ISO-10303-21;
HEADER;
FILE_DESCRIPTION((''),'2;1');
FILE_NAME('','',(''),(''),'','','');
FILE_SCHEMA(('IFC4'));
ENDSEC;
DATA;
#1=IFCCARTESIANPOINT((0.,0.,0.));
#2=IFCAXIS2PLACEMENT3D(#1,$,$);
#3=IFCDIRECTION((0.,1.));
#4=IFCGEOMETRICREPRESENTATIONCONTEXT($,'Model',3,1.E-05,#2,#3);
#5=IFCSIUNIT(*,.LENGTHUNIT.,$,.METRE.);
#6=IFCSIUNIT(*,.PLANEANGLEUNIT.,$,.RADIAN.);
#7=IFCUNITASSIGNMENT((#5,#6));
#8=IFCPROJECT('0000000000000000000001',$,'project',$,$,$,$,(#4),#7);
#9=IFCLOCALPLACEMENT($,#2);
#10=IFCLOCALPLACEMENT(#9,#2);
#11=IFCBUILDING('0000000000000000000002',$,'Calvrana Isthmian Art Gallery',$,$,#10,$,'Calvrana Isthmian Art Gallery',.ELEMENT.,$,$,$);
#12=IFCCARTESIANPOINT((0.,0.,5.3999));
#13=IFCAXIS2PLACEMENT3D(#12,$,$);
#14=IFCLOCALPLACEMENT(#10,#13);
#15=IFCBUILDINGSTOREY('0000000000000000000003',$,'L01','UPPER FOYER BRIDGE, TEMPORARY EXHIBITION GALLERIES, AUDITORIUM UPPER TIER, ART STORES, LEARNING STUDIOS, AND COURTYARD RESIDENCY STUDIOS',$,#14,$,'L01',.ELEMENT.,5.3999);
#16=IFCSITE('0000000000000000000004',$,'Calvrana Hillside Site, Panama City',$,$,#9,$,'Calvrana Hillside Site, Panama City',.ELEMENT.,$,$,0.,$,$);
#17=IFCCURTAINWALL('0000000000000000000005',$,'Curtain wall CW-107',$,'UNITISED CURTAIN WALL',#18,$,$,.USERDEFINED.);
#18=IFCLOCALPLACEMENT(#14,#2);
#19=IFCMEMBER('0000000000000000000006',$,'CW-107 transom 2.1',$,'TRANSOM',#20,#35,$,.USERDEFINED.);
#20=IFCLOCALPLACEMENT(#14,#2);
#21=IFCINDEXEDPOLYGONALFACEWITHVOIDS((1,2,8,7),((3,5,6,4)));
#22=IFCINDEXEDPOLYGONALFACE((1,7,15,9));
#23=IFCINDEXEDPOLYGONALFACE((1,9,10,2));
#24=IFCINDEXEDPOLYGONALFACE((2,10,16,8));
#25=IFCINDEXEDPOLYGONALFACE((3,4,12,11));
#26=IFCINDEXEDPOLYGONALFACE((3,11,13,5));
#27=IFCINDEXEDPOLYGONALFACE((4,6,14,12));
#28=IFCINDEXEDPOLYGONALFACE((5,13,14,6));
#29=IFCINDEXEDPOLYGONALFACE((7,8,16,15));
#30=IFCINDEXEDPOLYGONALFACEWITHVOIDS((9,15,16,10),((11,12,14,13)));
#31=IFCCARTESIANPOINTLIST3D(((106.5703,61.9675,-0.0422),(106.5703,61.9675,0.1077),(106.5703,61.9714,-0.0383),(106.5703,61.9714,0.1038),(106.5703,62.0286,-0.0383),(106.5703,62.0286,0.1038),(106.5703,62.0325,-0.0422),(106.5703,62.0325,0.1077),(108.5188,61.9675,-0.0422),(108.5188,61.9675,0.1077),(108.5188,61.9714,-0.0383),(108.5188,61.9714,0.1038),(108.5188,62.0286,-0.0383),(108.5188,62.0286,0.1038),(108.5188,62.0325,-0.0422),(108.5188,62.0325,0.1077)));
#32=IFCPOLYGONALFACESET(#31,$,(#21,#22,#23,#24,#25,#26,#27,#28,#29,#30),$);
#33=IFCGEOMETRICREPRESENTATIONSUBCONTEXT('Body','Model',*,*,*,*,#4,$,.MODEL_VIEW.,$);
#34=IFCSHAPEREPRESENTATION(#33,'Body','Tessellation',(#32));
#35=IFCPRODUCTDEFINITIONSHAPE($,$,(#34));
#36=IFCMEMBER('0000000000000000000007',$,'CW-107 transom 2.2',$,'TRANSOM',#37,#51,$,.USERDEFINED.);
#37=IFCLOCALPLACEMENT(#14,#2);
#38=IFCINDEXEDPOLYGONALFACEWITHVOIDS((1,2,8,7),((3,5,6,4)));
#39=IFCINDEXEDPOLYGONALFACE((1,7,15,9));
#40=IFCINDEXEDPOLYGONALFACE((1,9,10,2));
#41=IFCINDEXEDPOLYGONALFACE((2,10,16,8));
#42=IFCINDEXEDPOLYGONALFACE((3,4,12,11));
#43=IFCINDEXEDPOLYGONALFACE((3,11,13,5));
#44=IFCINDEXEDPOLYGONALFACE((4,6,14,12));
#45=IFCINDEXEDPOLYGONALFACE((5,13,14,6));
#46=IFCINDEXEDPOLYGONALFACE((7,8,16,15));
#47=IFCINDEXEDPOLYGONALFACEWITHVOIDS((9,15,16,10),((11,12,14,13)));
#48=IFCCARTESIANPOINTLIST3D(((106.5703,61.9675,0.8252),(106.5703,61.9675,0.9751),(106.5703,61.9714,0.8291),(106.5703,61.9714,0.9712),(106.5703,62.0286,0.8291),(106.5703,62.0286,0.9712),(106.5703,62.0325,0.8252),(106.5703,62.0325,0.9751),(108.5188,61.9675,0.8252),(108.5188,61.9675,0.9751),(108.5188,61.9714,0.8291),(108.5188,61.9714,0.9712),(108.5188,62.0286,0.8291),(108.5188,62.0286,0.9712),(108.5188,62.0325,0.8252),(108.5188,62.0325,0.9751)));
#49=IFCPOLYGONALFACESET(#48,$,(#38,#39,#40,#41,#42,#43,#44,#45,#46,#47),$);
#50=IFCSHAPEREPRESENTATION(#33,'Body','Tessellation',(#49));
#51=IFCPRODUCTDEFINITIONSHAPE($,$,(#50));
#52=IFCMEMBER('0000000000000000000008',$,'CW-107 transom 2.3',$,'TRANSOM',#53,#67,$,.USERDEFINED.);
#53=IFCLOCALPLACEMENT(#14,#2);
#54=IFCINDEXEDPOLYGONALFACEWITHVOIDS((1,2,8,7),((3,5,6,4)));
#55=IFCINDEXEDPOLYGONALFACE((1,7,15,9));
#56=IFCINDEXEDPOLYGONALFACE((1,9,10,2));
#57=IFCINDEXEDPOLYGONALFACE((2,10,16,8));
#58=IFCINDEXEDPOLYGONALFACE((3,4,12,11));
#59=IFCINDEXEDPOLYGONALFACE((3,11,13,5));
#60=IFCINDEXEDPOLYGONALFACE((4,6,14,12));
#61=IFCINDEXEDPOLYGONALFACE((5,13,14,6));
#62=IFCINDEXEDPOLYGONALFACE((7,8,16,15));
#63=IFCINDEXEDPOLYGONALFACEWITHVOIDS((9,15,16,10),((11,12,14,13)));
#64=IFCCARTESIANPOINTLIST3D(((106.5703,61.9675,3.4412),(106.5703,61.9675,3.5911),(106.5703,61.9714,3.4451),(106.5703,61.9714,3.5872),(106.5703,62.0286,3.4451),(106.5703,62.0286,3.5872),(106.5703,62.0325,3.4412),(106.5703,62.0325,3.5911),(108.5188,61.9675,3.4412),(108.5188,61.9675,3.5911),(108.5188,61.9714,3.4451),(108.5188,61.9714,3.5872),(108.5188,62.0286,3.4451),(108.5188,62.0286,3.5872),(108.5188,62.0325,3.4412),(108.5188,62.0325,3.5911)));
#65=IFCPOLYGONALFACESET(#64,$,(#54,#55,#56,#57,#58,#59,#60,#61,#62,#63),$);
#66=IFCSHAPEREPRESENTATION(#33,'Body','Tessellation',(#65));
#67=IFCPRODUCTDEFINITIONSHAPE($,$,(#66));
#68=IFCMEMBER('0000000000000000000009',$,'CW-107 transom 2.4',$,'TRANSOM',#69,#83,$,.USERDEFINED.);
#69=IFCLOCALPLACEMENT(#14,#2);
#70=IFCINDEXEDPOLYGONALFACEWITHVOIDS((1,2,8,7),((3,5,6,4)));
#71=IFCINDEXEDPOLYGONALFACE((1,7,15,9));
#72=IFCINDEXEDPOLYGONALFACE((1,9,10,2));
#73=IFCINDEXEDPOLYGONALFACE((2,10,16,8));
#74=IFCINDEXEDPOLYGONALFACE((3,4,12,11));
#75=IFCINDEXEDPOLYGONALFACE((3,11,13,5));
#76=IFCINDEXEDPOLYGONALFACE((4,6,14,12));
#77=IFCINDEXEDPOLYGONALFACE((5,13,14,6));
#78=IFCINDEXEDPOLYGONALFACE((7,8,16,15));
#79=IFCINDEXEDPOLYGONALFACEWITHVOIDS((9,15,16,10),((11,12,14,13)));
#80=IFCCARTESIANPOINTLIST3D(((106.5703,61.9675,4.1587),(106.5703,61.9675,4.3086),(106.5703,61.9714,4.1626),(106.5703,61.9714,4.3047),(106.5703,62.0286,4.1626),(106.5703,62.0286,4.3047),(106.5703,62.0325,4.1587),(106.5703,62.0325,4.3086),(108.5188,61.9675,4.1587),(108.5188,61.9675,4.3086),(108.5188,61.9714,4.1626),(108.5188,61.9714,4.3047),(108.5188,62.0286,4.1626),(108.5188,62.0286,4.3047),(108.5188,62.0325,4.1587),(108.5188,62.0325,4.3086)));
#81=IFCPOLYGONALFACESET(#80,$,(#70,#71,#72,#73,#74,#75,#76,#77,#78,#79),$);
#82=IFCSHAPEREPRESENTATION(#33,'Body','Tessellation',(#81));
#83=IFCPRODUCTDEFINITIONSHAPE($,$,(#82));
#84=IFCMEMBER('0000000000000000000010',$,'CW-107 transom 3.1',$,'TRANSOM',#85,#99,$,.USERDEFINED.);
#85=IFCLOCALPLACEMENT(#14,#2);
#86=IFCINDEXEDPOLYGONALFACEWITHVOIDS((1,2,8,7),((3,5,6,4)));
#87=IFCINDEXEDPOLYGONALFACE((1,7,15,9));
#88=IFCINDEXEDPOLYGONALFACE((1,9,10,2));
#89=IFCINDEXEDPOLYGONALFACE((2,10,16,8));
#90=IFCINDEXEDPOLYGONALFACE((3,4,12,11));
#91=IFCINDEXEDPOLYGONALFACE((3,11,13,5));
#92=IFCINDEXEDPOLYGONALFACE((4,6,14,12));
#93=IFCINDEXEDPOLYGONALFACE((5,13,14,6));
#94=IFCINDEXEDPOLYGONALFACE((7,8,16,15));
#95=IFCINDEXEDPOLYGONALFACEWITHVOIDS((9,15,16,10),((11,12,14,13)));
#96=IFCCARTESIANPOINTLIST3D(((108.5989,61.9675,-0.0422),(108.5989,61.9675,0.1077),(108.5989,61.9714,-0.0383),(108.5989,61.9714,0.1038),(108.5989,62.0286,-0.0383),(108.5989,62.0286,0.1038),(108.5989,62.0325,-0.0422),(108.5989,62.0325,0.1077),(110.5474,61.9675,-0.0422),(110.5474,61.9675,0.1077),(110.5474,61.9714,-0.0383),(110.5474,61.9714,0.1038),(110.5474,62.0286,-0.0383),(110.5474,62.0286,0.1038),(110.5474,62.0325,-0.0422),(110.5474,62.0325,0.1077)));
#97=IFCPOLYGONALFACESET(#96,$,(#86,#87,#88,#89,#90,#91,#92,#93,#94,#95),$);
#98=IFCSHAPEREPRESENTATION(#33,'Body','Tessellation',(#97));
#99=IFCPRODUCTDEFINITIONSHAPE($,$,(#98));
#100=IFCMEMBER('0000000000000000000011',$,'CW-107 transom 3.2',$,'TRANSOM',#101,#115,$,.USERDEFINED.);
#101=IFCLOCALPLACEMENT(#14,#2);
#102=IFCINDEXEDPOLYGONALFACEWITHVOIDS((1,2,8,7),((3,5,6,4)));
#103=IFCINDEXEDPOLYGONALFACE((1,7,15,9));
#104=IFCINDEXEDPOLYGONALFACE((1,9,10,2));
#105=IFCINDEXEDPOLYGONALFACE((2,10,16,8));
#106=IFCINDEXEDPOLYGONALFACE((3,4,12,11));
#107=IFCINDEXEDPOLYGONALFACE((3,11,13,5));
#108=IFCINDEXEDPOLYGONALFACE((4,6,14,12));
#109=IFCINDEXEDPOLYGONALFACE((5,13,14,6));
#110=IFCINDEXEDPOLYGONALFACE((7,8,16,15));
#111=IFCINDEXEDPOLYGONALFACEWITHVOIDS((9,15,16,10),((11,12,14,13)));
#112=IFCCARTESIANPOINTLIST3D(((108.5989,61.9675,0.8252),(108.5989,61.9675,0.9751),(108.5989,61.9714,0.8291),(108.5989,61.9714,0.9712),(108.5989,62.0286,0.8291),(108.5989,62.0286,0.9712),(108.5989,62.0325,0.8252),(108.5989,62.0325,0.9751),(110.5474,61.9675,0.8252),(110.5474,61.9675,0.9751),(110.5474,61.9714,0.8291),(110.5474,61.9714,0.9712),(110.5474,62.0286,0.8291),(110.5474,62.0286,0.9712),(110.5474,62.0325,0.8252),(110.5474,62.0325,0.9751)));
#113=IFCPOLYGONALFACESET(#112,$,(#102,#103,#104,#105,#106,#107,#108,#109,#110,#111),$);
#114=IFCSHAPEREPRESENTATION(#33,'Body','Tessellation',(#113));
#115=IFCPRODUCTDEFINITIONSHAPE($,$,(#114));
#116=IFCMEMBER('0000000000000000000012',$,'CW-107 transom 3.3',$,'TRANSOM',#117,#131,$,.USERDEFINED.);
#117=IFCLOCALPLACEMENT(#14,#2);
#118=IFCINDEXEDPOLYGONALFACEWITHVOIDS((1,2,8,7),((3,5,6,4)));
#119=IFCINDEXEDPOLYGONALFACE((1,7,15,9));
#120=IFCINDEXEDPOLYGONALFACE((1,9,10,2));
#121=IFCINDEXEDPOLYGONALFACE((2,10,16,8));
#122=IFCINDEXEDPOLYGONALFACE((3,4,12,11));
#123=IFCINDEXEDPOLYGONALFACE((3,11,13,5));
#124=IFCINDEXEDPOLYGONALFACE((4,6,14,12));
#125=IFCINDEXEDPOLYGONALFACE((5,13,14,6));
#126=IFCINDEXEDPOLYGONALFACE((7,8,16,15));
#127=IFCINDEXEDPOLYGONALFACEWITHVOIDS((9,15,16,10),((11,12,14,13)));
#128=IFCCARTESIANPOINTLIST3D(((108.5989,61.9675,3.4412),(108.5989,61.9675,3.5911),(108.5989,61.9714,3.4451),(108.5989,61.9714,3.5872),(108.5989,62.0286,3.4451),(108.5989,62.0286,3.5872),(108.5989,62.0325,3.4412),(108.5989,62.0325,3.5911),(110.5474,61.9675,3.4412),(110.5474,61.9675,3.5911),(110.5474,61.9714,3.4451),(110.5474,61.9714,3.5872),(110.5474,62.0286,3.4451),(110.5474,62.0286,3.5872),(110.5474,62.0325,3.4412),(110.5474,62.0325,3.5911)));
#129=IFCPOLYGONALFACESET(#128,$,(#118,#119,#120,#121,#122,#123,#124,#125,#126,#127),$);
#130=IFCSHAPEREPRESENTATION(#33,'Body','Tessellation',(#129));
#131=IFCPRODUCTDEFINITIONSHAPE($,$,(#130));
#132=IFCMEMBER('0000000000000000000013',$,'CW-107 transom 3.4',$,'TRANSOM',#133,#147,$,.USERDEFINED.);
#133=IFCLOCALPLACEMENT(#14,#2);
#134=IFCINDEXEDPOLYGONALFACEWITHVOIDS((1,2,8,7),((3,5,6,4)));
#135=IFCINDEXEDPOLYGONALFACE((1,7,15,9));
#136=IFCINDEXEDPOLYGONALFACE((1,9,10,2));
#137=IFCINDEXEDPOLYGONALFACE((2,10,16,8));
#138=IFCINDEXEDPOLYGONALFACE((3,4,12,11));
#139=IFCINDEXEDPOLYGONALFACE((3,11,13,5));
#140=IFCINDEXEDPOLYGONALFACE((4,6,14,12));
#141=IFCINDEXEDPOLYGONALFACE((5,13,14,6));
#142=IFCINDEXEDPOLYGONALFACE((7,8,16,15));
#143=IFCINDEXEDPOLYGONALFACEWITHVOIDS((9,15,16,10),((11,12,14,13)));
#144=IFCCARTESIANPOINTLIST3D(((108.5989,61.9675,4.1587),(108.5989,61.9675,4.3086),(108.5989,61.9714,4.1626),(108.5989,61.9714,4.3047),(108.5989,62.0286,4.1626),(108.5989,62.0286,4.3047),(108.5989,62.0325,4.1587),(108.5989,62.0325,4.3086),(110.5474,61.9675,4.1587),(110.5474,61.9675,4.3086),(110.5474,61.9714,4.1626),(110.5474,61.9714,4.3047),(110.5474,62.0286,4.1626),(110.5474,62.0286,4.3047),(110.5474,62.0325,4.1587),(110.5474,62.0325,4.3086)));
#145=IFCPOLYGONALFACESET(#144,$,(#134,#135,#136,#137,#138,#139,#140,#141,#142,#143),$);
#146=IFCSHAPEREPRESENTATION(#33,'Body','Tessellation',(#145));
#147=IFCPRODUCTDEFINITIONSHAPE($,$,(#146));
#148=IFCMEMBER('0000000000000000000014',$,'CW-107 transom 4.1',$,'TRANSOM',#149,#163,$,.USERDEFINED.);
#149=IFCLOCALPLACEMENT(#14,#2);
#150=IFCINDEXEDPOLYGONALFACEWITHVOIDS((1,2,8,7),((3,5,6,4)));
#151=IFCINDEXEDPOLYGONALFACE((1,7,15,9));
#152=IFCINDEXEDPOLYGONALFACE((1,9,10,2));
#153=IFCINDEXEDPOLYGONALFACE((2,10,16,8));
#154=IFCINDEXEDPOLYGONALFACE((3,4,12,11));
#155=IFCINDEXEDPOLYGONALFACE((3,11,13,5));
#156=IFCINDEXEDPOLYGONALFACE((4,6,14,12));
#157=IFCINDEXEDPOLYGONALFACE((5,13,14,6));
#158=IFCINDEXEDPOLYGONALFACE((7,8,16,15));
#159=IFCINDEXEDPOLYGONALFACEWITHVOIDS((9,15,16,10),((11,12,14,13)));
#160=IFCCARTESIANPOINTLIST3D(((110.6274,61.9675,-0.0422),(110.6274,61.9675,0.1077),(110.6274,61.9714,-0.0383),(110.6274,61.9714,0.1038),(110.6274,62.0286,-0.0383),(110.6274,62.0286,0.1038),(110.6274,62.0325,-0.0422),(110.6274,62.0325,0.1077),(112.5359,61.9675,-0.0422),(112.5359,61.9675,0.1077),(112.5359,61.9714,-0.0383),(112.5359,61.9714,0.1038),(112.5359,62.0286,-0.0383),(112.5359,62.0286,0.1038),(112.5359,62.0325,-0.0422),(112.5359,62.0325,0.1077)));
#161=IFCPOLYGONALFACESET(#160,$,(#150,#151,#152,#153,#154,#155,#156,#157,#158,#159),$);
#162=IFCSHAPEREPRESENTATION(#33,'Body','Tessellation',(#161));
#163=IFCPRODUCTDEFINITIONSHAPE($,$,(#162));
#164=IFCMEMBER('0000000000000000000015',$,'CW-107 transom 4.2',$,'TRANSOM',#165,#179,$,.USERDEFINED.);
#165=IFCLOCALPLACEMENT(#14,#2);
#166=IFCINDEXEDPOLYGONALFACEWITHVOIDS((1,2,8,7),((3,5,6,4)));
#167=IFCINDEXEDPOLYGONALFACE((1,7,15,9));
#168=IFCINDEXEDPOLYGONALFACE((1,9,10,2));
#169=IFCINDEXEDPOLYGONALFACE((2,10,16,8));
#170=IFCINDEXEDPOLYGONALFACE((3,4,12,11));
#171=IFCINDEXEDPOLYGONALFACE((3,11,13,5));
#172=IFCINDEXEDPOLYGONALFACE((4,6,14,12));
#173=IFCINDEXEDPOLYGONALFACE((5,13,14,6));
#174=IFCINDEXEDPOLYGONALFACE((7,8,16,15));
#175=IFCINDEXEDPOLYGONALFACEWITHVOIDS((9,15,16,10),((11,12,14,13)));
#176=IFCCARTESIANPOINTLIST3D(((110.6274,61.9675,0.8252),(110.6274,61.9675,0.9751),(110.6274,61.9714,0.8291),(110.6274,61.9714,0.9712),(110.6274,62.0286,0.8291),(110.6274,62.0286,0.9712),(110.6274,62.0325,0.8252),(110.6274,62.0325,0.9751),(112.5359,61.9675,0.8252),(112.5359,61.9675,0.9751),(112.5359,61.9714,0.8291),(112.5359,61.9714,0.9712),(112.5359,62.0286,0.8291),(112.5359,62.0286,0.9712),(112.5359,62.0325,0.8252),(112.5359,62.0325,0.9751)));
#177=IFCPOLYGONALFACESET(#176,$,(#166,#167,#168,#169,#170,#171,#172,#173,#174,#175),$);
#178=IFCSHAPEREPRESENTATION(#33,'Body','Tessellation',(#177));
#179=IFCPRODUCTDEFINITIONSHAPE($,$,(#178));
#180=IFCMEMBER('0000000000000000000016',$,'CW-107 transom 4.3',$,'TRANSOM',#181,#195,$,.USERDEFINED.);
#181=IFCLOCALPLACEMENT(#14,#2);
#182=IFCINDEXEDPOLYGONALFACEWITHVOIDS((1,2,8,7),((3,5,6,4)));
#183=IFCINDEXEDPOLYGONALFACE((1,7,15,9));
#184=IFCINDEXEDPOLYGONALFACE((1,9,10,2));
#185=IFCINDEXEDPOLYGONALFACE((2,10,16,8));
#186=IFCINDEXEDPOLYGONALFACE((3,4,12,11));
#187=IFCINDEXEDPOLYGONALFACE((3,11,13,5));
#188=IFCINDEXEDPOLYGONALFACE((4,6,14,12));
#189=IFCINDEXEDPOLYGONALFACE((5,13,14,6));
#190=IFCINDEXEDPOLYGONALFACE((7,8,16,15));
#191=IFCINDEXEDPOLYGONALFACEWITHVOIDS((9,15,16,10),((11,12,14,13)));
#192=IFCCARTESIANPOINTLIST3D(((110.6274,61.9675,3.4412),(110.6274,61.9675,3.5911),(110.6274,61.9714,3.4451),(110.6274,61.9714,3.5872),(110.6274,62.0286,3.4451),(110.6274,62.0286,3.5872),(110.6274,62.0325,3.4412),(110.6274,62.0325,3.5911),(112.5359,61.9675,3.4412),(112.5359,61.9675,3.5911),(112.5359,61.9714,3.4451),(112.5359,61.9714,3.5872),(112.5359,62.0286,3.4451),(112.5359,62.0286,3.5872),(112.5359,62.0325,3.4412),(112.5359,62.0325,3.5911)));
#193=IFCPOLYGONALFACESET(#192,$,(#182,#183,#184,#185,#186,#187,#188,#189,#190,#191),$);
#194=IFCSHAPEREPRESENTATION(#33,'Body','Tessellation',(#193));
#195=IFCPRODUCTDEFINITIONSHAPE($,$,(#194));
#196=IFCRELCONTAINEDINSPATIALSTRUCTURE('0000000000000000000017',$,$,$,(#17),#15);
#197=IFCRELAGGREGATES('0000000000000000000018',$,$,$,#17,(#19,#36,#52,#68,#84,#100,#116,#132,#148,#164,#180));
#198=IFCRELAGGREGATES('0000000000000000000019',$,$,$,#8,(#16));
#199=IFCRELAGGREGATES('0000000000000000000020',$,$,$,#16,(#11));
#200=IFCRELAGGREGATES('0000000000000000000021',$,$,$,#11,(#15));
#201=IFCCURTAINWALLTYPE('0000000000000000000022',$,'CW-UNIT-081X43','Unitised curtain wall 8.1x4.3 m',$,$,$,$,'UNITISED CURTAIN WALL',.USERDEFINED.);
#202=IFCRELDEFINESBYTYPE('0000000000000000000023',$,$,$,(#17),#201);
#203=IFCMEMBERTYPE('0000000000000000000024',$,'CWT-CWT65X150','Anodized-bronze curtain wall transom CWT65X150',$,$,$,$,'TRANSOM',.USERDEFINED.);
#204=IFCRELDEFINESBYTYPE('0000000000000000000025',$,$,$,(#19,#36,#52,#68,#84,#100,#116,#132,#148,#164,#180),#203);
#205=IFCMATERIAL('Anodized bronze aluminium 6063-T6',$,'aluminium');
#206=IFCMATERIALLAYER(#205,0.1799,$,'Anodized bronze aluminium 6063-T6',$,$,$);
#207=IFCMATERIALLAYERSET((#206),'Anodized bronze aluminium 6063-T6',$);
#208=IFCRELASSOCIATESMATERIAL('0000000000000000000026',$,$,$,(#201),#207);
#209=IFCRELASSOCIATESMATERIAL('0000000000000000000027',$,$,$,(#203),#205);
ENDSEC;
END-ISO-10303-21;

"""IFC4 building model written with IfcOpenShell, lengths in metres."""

from ifc_helpers import new_model, si_unit, direction, frame, origin, origin_2d, place, context, subcontext, project, spatial, hollow_rectangle, extrude, material, layer, layer_set, material_profile, profile_set, type_object, element, aggregate, save


model = new_model("IFC4")

# Units and contexts
model_context = context("Model", 3, precision=1e-05, world=origin(), true_north=direction((0.0, 1.0)))
body_context = subcontext(model_context, "Body", "Model", "MODEL_VIEW")
ifc_project = project(units=[si_unit("LENGTHUNIT", "METRE"), si_unit("PLANEANGLEUNIT", "RADIAN")], contexts=[model_context])

# Site, building, storey
site_placement = place(None, origin())
site = spatial("IfcSite", under=ifc_project, at=site_placement, Name="Calvrana Hillside Site, Panama City", LongName="Calvrana Hillside Site, Panama City", CompositionType="ELEMENT", RefElevation=0.0)
building_placement = place(site_placement, origin())
building = spatial("IfcBuilding", under=site, at=building_placement, Name="Calvrana Isthmian Art Gallery", LongName="Calvrana Isthmian Art Gallery", CompositionType="ELEMENT")
storey_placement = place(building_placement, frame((0.0, 0.0, 5.3999)))
storey = spatial("IfcBuildingStorey", under=building, at=storey_placement, Name="L01", Description="UPPER FOYER BRIDGE, TEMPORARY EXHIBITION GALLERIES, AUDITORIUM UPPER TIER, ART STORES, LEARNING STUDIOS, AND COURTYARD RESIDENCY STUDIOS", LongName="L01", CompositionType="ELEMENT", Elevation=5.3999)

# Curtain wall, members
ifc_material_1 = material(Name="Anodized bronze aluminium 6063-T6", Category="aluminium")
ifc_layer_1 = layer(ifc_material_1, 0.1799, Name="Anodized bronze aluminium 6063-T6")
ifc_layer_set_1 = layer_set([ifc_layer_1], Name="Anodized bronze aluminium 6063-T6")
curtain_wall_type = type_object("IfcCurtainWallType", Name="CW-UNIT-081X43", Description="Unitised curtain wall 8.1x4.3 m", ElementType="UNITISED CURTAIN WALL", PredefinedType="USERDEFINED", material=ifc_layer_set_1)
curtain_wall_placement = place(storey_placement, origin())
curtain_wall = element("IfcCurtainWall", 1, at=curtain_wall_placement, inside=storey, type_object=curtain_wall_type, Name="Curtain wall CW-107", ObjectType="UNITISED CURTAIN WALL", PredefinedType="USERDEFINED")
ifc_material_profile_1 = material_profile(ifc_material_1, hollow_rectangle(XDim=0.0649, YDim=0.1499, WallThickness=0.0039, at=origin_2d()), Name="CWT65X150")
ifc_profile_set_1 = profile_set([ifc_material_profile_1], Name="Anodized bronze aluminium 6063-T6")
member_type_1 = type_object("IfcMemberType", Name="CWT-CWT65X150", Description="Anodized-bronze curtain wall transom CWT65X150", ElementType="TRANSOM", PredefinedType="USERDEFINED", material=ifc_profile_set_1)
member_1_placement = place(storey_placement, frame((106.5703, 62.0, 0.0327), z_axis=(1.0, 0.0, 0.0), x_axis=(0.0, 1.0, 0.0)))
member_1 = element("IfcMember", 2, at=member_1_placement, type_object=member_type_1, Name="CW-107 transom 2.1", ObjectType="TRANSOM", PredefinedType="USERDEFINED", context=body_context, shape_type="SweptSolid", body=[
    extrude(hollow_rectangle(XDim=0.0649, YDim=0.1499, WallThickness=0.0039, at=origin_2d()), origin(), (0.0, 0.0, 1.0), 1.9485),
])
member_2_placement = place(storey_placement, frame((106.5703, 62.0, 0.9001), z_axis=(1.0, 0.0, 0.0), x_axis=(0.0, 1.0, 0.0)))
member_2 = element("IfcMember", 3, at=member_2_placement, type_object=member_type_1, Name="CW-107 transom 2.2", ObjectType="TRANSOM", PredefinedType="USERDEFINED", context=body_context, shape_type="SweptSolid", body=[
    extrude(hollow_rectangle(XDim=0.0649, YDim=0.1499, WallThickness=0.0039, at=origin_2d()), origin(), (0.0, 0.0, 1.0), 1.9485),
])
member_3_placement = place(storey_placement, frame((106.5703, 62.0, 3.5161), z_axis=(1.0, 0.0, 0.0), x_axis=(0.0, 1.0, 0.0)))
member_3 = element("IfcMember", 4, at=member_3_placement, type_object=member_type_1, Name="CW-107 transom 2.3", ObjectType="TRANSOM", PredefinedType="USERDEFINED", context=body_context, shape_type="SweptSolid", body=[
    extrude(hollow_rectangle(XDim=0.0649, YDim=0.1499, WallThickness=0.0039, at=origin_2d()), origin(), (0.0, 0.0, 1.0), 1.9485),
])
member_4_placement = place(storey_placement, frame((106.5703, 62.0, 4.2336), z_axis=(1.0, 0.0, 0.0), x_axis=(0.0, 1.0, 0.0)))
member_4 = element("IfcMember", 5, at=member_4_placement, type_object=member_type_1, Name="CW-107 transom 2.4", ObjectType="TRANSOM", PredefinedType="USERDEFINED", context=body_context, shape_type="SweptSolid", body=[
    extrude(hollow_rectangle(XDim=0.0649, YDim=0.1499, WallThickness=0.0039, at=origin_2d()), origin(), (0.0, 0.0, 1.0), 1.9485),
])
member_5_placement = place(storey_placement, frame((108.5989, 62.0, 0.0327), z_axis=(1.0, 0.0, 0.0), x_axis=(0.0, 1.0, 0.0)))
member_5 = element("IfcMember", 6, at=member_5_placement, type_object=member_type_1, Name="CW-107 transom 3.1", ObjectType="TRANSOM", PredefinedType="USERDEFINED", context=body_context, shape_type="SweptSolid", body=[
    extrude(hollow_rectangle(XDim=0.0649, YDim=0.1499, WallThickness=0.0039, at=origin_2d()), origin(), (0.0, 0.0, 1.0), 1.9485),
])
member_6_placement = place(storey_placement, frame((108.5989, 62.0, 0.9001), z_axis=(1.0, 0.0, 0.0), x_axis=(0.0, 1.0, 0.0)))
member_6 = element("IfcMember", 7, at=member_6_placement, type_object=member_type_1, Name="CW-107 transom 3.2", ObjectType="TRANSOM", PredefinedType="USERDEFINED", context=body_context, shape_type="SweptSolid", body=[
    extrude(hollow_rectangle(XDim=0.0649, YDim=0.1499, WallThickness=0.0039, at=origin_2d()), origin(), (0.0, 0.0, 1.0), 1.9485),
])
member_7_placement = place(storey_placement, frame((108.5989, 62.0, 3.5161), z_axis=(1.0, 0.0, 0.0), x_axis=(0.0, 1.0, 0.0)))
member_7 = element("IfcMember", 8, at=member_7_placement, type_object=member_type_1, Name="CW-107 transom 3.3", ObjectType="TRANSOM", PredefinedType="USERDEFINED", context=body_context, shape_type="SweptSolid", body=[
    extrude(hollow_rectangle(XDim=0.0649, YDim=0.1499, WallThickness=0.0039, at=origin_2d()), origin(), (0.0, 0.0, 1.0), 1.9485),
])
member_8_placement = place(storey_placement, frame((108.5989, 62.0, 4.2336), z_axis=(1.0, 0.0, 0.0), x_axis=(0.0, 1.0, 0.0)))
member_8 = element("IfcMember", 9, at=member_8_placement, type_object=member_type_1, Name="CW-107 transom 3.4", ObjectType="TRANSOM", PredefinedType="USERDEFINED", context=body_context, shape_type="SweptSolid", body=[
    extrude(hollow_rectangle(XDim=0.0649, YDim=0.1499, WallThickness=0.0039, at=origin_2d()), origin(), (0.0, 0.0, 1.0), 1.9485),
])
member_9_placement = place(storey_placement, frame((110.6274, 62.0, 0.0327), z_axis=(1.0, 0.0, 0.0), x_axis=(0.0, 1.0, 0.0)))
member_9 = element("IfcMember", 10, at=member_9_placement, type_object=member_type_1, Name="CW-107 transom 4.1", ObjectType="TRANSOM", PredefinedType="USERDEFINED", context=body_context, shape_type="SweptSolid", body=[
    extrude(hollow_rectangle(XDim=0.0649, YDim=0.1499, WallThickness=0.0039, at=origin_2d()), origin(), (0.0, 0.0, 1.0), 1.9084),
])
member_10_placement = place(storey_placement, frame((110.6274, 62.0, 0.9001), z_axis=(1.0, 0.0, 0.0), x_axis=(0.0, 1.0, 0.0)))
member_10 = element("IfcMember", 11, at=member_10_placement, type_object=member_type_1, Name="CW-107 transom 4.2", ObjectType="TRANSOM", PredefinedType="USERDEFINED", context=body_context, shape_type="SweptSolid", body=[
    extrude(hollow_rectangle(XDim=0.0649, YDim=0.1499, WallThickness=0.0039, at=origin_2d()), origin(), (0.0, 0.0, 1.0), 1.9084),
])
member_11_placement = place(storey_placement, frame((110.6274, 62.0, 3.5161), z_axis=(1.0, 0.0, 0.0), x_axis=(0.0, 1.0, 0.0)))
member_11 = element("IfcMember", 12, at=member_11_placement, type_object=member_type_1, Name="CW-107 transom 4.3", ObjectType="TRANSOM", PredefinedType="USERDEFINED", context=body_context, shape_type="SweptSolid", body=[
    extrude(hollow_rectangle(XDim=0.0649, YDim=0.1499, WallThickness=0.0039, at=origin_2d()), origin(), (0.0, 0.0, 1.0), 1.9084),
])
aggregate(curtain_wall, [member_1, member_2, member_3, member_4, member_5, member_6, member_7, member_8, member_9, member_10, member_11])

save(model, "model.ifc")
